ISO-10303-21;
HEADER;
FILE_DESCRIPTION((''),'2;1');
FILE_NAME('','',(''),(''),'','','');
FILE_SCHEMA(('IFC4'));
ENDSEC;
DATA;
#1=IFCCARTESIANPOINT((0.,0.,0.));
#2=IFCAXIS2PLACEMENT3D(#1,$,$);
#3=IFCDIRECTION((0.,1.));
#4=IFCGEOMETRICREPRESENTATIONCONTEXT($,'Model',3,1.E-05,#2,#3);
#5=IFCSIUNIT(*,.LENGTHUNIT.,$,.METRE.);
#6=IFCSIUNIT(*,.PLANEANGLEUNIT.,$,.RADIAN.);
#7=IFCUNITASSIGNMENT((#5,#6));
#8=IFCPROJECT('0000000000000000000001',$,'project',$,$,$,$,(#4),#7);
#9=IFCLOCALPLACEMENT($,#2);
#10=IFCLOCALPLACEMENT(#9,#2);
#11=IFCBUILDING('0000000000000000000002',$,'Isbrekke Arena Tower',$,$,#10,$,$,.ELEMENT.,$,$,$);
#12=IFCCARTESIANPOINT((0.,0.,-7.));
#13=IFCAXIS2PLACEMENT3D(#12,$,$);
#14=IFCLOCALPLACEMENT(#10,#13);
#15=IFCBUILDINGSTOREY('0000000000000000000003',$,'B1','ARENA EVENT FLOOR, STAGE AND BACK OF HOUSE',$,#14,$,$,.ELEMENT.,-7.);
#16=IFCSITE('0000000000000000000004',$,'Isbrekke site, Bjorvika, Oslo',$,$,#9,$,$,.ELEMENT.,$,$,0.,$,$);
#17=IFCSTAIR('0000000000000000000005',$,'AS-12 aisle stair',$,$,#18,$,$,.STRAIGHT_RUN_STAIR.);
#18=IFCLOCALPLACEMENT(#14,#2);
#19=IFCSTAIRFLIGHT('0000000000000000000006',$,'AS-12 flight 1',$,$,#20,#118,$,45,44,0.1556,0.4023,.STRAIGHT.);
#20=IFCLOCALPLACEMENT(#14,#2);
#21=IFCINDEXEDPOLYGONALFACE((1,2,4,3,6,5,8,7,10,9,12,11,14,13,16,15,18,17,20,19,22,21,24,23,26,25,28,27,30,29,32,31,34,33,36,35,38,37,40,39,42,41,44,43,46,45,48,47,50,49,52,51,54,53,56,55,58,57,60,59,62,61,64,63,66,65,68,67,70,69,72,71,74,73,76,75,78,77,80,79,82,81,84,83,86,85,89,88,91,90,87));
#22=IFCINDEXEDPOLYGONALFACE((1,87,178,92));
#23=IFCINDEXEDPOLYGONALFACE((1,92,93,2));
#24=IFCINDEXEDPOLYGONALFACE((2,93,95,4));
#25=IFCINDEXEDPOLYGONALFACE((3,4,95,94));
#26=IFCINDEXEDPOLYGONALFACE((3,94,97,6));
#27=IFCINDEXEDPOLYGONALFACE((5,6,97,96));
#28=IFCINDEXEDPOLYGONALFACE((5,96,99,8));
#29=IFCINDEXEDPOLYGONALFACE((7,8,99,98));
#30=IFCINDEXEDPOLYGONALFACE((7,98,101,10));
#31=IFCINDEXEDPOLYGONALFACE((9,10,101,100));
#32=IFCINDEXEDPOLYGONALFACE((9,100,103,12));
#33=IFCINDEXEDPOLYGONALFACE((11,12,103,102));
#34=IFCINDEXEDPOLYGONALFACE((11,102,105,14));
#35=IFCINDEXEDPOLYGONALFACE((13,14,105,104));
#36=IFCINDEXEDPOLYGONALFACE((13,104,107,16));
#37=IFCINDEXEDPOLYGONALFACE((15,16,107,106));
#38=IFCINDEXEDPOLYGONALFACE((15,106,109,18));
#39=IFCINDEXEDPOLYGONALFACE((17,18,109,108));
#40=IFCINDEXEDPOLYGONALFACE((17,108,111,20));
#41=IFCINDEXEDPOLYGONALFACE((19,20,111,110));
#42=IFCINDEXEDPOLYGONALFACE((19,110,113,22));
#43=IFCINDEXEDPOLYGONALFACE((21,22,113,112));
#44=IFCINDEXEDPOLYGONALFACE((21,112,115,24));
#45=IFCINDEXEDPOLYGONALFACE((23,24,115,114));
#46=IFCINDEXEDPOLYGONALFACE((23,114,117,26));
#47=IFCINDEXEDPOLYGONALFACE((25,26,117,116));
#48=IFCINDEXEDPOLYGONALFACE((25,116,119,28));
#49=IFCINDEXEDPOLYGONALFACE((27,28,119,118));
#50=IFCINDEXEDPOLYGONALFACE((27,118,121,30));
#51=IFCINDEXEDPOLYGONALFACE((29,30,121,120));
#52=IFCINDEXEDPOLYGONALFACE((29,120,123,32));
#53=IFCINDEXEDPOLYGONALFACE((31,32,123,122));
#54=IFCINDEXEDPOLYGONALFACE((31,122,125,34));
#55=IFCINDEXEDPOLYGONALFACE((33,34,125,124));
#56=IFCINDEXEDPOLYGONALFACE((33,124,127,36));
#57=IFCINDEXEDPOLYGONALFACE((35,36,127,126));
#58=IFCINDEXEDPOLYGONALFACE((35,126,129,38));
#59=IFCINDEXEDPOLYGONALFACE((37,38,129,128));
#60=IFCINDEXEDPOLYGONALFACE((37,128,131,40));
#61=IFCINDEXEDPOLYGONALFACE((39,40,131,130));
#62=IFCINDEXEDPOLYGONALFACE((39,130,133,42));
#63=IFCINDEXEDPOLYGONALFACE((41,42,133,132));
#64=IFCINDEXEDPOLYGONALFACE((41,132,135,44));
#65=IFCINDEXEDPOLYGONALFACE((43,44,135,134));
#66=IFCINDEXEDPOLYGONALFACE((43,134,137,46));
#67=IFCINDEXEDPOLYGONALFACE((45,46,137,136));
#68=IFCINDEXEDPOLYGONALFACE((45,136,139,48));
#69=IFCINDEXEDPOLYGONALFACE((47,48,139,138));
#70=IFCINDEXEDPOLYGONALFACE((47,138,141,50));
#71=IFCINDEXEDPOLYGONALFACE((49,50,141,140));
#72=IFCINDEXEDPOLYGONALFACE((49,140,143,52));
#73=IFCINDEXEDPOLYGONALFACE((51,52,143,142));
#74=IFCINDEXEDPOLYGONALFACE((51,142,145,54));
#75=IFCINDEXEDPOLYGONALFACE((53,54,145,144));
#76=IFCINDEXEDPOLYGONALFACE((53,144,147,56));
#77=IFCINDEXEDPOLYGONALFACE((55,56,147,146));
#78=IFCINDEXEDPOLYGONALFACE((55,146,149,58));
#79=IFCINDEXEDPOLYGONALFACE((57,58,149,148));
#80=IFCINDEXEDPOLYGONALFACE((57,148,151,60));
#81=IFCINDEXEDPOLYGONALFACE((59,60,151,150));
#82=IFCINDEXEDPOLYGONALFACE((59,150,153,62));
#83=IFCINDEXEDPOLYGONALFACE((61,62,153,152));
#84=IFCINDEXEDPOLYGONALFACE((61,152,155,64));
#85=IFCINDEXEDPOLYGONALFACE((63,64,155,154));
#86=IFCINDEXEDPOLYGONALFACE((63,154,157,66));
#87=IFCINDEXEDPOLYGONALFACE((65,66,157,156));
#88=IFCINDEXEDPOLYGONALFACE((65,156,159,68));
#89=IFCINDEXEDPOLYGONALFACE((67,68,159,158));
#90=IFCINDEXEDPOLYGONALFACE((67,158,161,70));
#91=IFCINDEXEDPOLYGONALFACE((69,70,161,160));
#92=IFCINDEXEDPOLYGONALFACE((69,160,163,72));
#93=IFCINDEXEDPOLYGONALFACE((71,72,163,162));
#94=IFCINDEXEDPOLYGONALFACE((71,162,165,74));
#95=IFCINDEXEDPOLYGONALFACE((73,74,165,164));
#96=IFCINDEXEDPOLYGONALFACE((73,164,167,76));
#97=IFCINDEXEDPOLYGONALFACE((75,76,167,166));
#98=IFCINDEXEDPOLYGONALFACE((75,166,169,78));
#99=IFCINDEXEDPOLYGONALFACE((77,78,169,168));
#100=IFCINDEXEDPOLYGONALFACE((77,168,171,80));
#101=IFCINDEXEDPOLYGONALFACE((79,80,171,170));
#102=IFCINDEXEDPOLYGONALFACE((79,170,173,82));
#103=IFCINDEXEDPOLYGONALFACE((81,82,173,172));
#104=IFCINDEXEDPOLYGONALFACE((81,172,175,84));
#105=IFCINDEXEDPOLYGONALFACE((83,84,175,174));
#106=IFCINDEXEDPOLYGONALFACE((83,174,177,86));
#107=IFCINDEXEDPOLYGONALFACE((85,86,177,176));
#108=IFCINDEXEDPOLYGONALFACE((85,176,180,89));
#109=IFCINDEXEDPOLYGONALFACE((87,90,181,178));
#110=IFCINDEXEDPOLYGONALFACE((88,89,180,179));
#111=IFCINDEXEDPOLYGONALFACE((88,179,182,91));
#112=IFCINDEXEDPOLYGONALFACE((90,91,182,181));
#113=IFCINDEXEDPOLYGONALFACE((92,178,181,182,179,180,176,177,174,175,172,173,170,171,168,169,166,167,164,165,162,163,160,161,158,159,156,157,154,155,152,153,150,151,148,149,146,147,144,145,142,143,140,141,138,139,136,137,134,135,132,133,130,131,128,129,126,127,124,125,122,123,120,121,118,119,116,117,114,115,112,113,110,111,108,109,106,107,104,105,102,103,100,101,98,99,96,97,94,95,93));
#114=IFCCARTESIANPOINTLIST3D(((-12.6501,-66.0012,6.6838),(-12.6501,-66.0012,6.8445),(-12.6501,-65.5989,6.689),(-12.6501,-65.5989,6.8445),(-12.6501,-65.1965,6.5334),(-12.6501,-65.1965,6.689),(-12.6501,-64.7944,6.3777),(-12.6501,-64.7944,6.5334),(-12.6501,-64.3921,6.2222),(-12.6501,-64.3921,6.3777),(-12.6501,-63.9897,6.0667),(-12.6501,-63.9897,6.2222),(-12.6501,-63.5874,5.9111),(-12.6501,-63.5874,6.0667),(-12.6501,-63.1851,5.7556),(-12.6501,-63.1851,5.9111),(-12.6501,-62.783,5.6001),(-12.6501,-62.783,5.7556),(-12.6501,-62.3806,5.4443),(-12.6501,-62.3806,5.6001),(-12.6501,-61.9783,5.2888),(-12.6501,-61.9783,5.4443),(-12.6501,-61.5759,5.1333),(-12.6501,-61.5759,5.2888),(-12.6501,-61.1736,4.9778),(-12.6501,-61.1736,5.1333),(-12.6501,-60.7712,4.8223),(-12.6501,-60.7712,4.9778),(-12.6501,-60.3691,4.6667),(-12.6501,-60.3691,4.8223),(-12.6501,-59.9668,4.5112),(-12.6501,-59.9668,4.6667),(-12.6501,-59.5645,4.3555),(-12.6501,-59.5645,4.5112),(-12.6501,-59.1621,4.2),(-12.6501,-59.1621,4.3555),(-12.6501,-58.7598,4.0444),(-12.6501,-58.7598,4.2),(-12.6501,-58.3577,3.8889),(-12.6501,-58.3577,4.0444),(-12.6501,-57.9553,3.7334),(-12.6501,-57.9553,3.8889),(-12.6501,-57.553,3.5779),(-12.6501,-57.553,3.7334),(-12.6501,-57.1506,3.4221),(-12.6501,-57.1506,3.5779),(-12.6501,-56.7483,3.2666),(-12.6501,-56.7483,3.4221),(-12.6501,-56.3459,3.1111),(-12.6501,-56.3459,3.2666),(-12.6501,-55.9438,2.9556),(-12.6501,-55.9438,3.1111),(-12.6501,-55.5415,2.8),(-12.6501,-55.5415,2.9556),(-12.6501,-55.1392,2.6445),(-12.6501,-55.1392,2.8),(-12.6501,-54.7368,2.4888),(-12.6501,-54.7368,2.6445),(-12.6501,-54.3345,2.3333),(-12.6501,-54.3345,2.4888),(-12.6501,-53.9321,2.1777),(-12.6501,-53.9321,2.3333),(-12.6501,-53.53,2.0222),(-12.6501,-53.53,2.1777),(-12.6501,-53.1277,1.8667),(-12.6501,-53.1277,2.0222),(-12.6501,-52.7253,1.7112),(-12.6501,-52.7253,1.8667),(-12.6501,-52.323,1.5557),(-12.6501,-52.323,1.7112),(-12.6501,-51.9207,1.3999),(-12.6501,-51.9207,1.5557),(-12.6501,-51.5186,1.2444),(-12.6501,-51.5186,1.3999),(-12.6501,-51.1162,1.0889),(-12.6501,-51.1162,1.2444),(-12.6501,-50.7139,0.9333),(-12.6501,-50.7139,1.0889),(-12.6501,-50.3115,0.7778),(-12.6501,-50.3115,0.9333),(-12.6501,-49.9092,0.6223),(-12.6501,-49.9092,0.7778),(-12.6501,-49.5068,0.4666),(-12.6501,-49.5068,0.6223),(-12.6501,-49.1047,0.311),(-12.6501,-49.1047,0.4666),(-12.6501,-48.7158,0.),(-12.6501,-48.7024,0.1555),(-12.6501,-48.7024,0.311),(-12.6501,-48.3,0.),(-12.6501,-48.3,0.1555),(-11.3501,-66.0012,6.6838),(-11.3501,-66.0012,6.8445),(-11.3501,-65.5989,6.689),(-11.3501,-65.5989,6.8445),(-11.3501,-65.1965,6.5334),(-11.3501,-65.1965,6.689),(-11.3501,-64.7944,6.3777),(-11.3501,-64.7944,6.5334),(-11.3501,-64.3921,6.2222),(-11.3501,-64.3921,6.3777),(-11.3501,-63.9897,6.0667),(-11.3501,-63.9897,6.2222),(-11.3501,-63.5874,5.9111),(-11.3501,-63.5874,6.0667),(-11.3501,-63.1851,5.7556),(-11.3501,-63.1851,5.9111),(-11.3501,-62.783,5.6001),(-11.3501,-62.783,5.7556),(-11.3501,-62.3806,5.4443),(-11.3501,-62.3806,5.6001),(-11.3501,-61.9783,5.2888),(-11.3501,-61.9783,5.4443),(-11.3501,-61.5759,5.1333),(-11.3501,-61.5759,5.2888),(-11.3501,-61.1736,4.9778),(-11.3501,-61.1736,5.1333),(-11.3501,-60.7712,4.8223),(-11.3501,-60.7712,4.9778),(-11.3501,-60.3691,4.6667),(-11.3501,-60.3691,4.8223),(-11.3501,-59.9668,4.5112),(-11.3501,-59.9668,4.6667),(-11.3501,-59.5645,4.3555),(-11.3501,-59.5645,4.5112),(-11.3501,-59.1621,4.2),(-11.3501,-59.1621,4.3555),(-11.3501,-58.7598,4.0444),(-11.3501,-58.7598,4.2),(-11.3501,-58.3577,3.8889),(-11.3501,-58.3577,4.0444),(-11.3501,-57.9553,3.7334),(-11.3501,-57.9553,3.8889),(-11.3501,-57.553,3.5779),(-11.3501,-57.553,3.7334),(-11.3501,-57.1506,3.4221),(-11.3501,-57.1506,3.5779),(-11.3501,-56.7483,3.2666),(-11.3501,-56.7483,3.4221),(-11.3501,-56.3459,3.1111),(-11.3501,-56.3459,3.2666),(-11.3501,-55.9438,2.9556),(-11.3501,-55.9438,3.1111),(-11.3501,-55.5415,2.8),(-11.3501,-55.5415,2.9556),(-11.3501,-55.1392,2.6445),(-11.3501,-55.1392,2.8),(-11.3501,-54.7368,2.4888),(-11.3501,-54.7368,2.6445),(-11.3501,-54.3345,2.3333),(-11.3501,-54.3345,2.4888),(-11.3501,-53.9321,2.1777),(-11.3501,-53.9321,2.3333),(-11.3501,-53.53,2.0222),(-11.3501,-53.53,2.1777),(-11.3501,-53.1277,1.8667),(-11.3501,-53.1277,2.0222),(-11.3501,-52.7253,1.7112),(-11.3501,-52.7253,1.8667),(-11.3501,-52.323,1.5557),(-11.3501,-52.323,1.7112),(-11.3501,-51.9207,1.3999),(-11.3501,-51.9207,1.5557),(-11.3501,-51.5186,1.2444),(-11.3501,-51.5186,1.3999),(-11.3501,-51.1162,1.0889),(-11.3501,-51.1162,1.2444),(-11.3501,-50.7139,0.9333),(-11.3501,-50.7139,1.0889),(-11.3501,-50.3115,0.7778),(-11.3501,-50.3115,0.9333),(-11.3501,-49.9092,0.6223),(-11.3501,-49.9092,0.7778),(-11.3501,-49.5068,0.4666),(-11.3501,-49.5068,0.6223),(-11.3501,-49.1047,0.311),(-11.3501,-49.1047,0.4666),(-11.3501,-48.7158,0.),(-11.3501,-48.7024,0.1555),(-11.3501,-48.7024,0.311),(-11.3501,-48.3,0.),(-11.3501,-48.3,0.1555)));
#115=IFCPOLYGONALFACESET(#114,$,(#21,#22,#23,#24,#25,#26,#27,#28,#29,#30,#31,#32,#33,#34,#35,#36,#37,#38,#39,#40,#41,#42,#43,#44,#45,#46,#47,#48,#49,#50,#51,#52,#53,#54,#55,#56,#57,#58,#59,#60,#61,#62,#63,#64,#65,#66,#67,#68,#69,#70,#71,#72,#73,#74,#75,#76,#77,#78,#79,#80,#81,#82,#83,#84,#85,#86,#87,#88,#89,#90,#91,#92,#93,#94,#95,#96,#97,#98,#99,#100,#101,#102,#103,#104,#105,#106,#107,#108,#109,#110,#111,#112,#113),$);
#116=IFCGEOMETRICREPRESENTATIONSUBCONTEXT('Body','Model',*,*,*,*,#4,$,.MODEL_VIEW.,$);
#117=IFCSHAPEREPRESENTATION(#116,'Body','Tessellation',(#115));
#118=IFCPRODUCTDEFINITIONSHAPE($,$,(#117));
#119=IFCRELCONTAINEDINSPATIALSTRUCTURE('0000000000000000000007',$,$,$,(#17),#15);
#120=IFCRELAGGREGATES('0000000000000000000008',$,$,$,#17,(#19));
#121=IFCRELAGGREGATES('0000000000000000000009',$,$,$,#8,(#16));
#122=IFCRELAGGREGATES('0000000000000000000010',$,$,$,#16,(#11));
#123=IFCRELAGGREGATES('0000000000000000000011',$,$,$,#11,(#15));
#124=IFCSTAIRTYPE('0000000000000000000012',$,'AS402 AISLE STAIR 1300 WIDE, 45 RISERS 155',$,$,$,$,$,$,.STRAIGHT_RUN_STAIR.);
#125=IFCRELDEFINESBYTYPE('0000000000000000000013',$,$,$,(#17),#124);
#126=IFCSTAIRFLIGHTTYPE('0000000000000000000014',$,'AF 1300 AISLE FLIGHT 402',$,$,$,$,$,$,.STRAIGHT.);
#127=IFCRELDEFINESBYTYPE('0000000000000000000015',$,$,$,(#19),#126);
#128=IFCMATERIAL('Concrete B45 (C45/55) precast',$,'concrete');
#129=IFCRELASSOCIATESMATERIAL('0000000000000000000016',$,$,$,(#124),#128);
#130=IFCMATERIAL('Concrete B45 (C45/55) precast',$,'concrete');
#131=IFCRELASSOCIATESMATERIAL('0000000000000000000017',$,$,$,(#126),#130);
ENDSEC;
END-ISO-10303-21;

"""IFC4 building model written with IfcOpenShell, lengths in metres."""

from ifc_helpers import new_model, si_unit, direction, frame, origin, place, context, subcontext, project, spatial, polyline, outline, extrude, material, type_object, element, aggregate, save


model = new_model("IFC4")

# Units and contexts
model_context = context("Model", 3, precision=1e-05, world=origin(), true_north=direction((0.0, 1.0)))
body_context = subcontext(model_context, "Body", "Model", "MODEL_VIEW")
ifc_project = project(units=[si_unit("LENGTHUNIT", "METRE"), si_unit("PLANEANGLEUNIT", "RADIAN")], contexts=[model_context])

# Site, building, storey
site_placement = place(None, origin())
site = spatial("IfcSite", under=ifc_project, at=site_placement, Name="Isbrekke site, Bjorvika, Oslo", CompositionType="ELEMENT", RefElevation=0.0)
building_placement = place(site_placement, origin())
building = spatial("IfcBuilding", under=site, at=building_placement, Name="Isbrekke Arena Tower", CompositionType="ELEMENT")
storey_placement = place(building_placement, frame((0.0, 0.0, -7.0)))
storey = spatial("IfcBuildingStorey", under=building, at=storey_placement, Name="B1", Description="ARENA EVENT FLOOR, STAGE AND BACK OF HOUSE", CompositionType="ELEMENT", Elevation=-7.0)

# Stair, stair flight
ifc_material_1 = material(Name="Concrete B45 (C45/55) precast", Category="concrete")
stair_type = type_object("IfcStairType", Name="AS402 AISLE STAIR 1300 WIDE, 45 RISERS 155", PredefinedType="STRAIGHT_RUN_STAIR", material=ifc_material_1)
ifc_material_2 = material(Name="Concrete B45 (C45/55) precast", Category="concrete")
stair_flight_type = type_object("IfcStairFlightType", Name="AF 1300 AISLE FLIGHT 402", PredefinedType="STRAIGHT", material=ifc_material_2)
stair_1_placement = place(storey_placement, origin())
stair_1 = element("IfcStair", 1, at=stair_1_placement, inside=storey, type_object=stair_type, Name="AS-12 aisle stair", PredefinedType="STRAIGHT_RUN_STAIR")
stair_flight_1_placement = place(storey_placement, frame((-12.0, -48.3, 0.0), z_axis=(0.0, 0.0, 1.0), x_axis=(0.0, -1.0, 0.0)))
stair_flight_1 = element("IfcStairFlight", 2, at=stair_flight_1_placement, type_object=stair_flight_type, Name="AS-12 flight 1", NumberOfRisers=45, NumberOfTreads=44, PredefinedType="STRAIGHT", RiserHeight=0.1556, TreadLength=0.4023, context=body_context, shape_type="SweptSolid", body=[
    extrude(outline(polyline([(0.0, 0.0), (0.0, 0.1555), (0.4023, 0.1555), (0.4023, 0.311), (0.8047, 0.311), (0.8047, 0.4666), (1.2068, 0.4666), (1.2068, 0.6223), (1.6091, 0.6223), (1.6091, 0.7778), (2.0115, 0.7778), (2.0115, 0.9333), (2.4138, 0.9333), (2.4138, 1.0889), (2.8162, 1.0889), (2.8162, 1.2444), (3.2185, 1.2444), (3.2185, 1.3999), (3.6206, 1.3999), (3.6206, 1.5557), (4.0229, 1.5557), (4.0229, 1.7112), (4.4253, 1.7112), (4.4253, 1.8667), (4.8276, 1.8667), (4.8276, 2.0222), (5.23, 2.0222), (5.23, 2.1777), (5.6321, 2.1777), (5.6321, 2.3333), (6.0344, 2.3333), (6.0344, 2.4888), (6.4368, 2.4888), (6.4368, 2.6445), (6.8391, 2.6445), (6.8391, 2.8), (7.2415, 2.8), (7.2415, 2.9556), (7.6438, 2.9556), (7.6438, 3.1111), (8.0459, 3.1111), (8.0459, 3.2666), (8.4482, 3.2666), (8.4482, 3.4221), (8.8506, 3.4221), (8.8506, 3.5779), (9.2529, 3.5779), (9.2529, 3.7334), (9.6553, 3.7334), (9.6553, 3.8889), (10.0576, 3.8889), (10.0576, 4.0444), (10.4597, 4.0444), (10.4597, 4.2), (10.8621, 4.2), (10.8621, 4.3555), (11.2644, 4.3555), (11.2644, 4.5112), (11.6667, 4.5112), (11.6667, 4.6667), (12.0691, 4.6667), (12.0691, 4.8223), (12.4712, 4.8223), (12.4712, 4.9778), (12.8735, 4.9778), (12.8735, 5.1333), (13.2759, 5.1333), (13.2759, 5.2888), (13.6782, 5.2888), (13.6782, 5.4443), (14.0806, 5.4443), (14.0806, 5.6001), (14.4829, 5.6001), (14.4829, 5.7556), (14.885, 5.7556), (14.885, 5.9111), (15.2874, 5.9111), (15.2874, 6.0667), (15.6897, 6.0667), (15.6897, 6.2222), (16.092, 6.2222), (16.092, 6.3777), (16.4944, 6.3777), (16.4944, 6.5334), (16.8965, 6.5334), (16.8965, 6.689), (17.2988, 6.689), (17.2988, 6.8445), (17.7012, 6.8445), (17.7012, 7.0), (17.7012, 6.6838), (0.4158, 0.0), (0.0, 0.0)])), frame((0.0, 0.6499, 0.0), z_axis=(0.0, -1.0, 0.0), x_axis=(1.0, 0.0, 0.0)), (0.0, 0.0, 1.0), 1.3),
])
aggregate(stair_1, [stair_flight_1])

save(model, "model.ifc")
